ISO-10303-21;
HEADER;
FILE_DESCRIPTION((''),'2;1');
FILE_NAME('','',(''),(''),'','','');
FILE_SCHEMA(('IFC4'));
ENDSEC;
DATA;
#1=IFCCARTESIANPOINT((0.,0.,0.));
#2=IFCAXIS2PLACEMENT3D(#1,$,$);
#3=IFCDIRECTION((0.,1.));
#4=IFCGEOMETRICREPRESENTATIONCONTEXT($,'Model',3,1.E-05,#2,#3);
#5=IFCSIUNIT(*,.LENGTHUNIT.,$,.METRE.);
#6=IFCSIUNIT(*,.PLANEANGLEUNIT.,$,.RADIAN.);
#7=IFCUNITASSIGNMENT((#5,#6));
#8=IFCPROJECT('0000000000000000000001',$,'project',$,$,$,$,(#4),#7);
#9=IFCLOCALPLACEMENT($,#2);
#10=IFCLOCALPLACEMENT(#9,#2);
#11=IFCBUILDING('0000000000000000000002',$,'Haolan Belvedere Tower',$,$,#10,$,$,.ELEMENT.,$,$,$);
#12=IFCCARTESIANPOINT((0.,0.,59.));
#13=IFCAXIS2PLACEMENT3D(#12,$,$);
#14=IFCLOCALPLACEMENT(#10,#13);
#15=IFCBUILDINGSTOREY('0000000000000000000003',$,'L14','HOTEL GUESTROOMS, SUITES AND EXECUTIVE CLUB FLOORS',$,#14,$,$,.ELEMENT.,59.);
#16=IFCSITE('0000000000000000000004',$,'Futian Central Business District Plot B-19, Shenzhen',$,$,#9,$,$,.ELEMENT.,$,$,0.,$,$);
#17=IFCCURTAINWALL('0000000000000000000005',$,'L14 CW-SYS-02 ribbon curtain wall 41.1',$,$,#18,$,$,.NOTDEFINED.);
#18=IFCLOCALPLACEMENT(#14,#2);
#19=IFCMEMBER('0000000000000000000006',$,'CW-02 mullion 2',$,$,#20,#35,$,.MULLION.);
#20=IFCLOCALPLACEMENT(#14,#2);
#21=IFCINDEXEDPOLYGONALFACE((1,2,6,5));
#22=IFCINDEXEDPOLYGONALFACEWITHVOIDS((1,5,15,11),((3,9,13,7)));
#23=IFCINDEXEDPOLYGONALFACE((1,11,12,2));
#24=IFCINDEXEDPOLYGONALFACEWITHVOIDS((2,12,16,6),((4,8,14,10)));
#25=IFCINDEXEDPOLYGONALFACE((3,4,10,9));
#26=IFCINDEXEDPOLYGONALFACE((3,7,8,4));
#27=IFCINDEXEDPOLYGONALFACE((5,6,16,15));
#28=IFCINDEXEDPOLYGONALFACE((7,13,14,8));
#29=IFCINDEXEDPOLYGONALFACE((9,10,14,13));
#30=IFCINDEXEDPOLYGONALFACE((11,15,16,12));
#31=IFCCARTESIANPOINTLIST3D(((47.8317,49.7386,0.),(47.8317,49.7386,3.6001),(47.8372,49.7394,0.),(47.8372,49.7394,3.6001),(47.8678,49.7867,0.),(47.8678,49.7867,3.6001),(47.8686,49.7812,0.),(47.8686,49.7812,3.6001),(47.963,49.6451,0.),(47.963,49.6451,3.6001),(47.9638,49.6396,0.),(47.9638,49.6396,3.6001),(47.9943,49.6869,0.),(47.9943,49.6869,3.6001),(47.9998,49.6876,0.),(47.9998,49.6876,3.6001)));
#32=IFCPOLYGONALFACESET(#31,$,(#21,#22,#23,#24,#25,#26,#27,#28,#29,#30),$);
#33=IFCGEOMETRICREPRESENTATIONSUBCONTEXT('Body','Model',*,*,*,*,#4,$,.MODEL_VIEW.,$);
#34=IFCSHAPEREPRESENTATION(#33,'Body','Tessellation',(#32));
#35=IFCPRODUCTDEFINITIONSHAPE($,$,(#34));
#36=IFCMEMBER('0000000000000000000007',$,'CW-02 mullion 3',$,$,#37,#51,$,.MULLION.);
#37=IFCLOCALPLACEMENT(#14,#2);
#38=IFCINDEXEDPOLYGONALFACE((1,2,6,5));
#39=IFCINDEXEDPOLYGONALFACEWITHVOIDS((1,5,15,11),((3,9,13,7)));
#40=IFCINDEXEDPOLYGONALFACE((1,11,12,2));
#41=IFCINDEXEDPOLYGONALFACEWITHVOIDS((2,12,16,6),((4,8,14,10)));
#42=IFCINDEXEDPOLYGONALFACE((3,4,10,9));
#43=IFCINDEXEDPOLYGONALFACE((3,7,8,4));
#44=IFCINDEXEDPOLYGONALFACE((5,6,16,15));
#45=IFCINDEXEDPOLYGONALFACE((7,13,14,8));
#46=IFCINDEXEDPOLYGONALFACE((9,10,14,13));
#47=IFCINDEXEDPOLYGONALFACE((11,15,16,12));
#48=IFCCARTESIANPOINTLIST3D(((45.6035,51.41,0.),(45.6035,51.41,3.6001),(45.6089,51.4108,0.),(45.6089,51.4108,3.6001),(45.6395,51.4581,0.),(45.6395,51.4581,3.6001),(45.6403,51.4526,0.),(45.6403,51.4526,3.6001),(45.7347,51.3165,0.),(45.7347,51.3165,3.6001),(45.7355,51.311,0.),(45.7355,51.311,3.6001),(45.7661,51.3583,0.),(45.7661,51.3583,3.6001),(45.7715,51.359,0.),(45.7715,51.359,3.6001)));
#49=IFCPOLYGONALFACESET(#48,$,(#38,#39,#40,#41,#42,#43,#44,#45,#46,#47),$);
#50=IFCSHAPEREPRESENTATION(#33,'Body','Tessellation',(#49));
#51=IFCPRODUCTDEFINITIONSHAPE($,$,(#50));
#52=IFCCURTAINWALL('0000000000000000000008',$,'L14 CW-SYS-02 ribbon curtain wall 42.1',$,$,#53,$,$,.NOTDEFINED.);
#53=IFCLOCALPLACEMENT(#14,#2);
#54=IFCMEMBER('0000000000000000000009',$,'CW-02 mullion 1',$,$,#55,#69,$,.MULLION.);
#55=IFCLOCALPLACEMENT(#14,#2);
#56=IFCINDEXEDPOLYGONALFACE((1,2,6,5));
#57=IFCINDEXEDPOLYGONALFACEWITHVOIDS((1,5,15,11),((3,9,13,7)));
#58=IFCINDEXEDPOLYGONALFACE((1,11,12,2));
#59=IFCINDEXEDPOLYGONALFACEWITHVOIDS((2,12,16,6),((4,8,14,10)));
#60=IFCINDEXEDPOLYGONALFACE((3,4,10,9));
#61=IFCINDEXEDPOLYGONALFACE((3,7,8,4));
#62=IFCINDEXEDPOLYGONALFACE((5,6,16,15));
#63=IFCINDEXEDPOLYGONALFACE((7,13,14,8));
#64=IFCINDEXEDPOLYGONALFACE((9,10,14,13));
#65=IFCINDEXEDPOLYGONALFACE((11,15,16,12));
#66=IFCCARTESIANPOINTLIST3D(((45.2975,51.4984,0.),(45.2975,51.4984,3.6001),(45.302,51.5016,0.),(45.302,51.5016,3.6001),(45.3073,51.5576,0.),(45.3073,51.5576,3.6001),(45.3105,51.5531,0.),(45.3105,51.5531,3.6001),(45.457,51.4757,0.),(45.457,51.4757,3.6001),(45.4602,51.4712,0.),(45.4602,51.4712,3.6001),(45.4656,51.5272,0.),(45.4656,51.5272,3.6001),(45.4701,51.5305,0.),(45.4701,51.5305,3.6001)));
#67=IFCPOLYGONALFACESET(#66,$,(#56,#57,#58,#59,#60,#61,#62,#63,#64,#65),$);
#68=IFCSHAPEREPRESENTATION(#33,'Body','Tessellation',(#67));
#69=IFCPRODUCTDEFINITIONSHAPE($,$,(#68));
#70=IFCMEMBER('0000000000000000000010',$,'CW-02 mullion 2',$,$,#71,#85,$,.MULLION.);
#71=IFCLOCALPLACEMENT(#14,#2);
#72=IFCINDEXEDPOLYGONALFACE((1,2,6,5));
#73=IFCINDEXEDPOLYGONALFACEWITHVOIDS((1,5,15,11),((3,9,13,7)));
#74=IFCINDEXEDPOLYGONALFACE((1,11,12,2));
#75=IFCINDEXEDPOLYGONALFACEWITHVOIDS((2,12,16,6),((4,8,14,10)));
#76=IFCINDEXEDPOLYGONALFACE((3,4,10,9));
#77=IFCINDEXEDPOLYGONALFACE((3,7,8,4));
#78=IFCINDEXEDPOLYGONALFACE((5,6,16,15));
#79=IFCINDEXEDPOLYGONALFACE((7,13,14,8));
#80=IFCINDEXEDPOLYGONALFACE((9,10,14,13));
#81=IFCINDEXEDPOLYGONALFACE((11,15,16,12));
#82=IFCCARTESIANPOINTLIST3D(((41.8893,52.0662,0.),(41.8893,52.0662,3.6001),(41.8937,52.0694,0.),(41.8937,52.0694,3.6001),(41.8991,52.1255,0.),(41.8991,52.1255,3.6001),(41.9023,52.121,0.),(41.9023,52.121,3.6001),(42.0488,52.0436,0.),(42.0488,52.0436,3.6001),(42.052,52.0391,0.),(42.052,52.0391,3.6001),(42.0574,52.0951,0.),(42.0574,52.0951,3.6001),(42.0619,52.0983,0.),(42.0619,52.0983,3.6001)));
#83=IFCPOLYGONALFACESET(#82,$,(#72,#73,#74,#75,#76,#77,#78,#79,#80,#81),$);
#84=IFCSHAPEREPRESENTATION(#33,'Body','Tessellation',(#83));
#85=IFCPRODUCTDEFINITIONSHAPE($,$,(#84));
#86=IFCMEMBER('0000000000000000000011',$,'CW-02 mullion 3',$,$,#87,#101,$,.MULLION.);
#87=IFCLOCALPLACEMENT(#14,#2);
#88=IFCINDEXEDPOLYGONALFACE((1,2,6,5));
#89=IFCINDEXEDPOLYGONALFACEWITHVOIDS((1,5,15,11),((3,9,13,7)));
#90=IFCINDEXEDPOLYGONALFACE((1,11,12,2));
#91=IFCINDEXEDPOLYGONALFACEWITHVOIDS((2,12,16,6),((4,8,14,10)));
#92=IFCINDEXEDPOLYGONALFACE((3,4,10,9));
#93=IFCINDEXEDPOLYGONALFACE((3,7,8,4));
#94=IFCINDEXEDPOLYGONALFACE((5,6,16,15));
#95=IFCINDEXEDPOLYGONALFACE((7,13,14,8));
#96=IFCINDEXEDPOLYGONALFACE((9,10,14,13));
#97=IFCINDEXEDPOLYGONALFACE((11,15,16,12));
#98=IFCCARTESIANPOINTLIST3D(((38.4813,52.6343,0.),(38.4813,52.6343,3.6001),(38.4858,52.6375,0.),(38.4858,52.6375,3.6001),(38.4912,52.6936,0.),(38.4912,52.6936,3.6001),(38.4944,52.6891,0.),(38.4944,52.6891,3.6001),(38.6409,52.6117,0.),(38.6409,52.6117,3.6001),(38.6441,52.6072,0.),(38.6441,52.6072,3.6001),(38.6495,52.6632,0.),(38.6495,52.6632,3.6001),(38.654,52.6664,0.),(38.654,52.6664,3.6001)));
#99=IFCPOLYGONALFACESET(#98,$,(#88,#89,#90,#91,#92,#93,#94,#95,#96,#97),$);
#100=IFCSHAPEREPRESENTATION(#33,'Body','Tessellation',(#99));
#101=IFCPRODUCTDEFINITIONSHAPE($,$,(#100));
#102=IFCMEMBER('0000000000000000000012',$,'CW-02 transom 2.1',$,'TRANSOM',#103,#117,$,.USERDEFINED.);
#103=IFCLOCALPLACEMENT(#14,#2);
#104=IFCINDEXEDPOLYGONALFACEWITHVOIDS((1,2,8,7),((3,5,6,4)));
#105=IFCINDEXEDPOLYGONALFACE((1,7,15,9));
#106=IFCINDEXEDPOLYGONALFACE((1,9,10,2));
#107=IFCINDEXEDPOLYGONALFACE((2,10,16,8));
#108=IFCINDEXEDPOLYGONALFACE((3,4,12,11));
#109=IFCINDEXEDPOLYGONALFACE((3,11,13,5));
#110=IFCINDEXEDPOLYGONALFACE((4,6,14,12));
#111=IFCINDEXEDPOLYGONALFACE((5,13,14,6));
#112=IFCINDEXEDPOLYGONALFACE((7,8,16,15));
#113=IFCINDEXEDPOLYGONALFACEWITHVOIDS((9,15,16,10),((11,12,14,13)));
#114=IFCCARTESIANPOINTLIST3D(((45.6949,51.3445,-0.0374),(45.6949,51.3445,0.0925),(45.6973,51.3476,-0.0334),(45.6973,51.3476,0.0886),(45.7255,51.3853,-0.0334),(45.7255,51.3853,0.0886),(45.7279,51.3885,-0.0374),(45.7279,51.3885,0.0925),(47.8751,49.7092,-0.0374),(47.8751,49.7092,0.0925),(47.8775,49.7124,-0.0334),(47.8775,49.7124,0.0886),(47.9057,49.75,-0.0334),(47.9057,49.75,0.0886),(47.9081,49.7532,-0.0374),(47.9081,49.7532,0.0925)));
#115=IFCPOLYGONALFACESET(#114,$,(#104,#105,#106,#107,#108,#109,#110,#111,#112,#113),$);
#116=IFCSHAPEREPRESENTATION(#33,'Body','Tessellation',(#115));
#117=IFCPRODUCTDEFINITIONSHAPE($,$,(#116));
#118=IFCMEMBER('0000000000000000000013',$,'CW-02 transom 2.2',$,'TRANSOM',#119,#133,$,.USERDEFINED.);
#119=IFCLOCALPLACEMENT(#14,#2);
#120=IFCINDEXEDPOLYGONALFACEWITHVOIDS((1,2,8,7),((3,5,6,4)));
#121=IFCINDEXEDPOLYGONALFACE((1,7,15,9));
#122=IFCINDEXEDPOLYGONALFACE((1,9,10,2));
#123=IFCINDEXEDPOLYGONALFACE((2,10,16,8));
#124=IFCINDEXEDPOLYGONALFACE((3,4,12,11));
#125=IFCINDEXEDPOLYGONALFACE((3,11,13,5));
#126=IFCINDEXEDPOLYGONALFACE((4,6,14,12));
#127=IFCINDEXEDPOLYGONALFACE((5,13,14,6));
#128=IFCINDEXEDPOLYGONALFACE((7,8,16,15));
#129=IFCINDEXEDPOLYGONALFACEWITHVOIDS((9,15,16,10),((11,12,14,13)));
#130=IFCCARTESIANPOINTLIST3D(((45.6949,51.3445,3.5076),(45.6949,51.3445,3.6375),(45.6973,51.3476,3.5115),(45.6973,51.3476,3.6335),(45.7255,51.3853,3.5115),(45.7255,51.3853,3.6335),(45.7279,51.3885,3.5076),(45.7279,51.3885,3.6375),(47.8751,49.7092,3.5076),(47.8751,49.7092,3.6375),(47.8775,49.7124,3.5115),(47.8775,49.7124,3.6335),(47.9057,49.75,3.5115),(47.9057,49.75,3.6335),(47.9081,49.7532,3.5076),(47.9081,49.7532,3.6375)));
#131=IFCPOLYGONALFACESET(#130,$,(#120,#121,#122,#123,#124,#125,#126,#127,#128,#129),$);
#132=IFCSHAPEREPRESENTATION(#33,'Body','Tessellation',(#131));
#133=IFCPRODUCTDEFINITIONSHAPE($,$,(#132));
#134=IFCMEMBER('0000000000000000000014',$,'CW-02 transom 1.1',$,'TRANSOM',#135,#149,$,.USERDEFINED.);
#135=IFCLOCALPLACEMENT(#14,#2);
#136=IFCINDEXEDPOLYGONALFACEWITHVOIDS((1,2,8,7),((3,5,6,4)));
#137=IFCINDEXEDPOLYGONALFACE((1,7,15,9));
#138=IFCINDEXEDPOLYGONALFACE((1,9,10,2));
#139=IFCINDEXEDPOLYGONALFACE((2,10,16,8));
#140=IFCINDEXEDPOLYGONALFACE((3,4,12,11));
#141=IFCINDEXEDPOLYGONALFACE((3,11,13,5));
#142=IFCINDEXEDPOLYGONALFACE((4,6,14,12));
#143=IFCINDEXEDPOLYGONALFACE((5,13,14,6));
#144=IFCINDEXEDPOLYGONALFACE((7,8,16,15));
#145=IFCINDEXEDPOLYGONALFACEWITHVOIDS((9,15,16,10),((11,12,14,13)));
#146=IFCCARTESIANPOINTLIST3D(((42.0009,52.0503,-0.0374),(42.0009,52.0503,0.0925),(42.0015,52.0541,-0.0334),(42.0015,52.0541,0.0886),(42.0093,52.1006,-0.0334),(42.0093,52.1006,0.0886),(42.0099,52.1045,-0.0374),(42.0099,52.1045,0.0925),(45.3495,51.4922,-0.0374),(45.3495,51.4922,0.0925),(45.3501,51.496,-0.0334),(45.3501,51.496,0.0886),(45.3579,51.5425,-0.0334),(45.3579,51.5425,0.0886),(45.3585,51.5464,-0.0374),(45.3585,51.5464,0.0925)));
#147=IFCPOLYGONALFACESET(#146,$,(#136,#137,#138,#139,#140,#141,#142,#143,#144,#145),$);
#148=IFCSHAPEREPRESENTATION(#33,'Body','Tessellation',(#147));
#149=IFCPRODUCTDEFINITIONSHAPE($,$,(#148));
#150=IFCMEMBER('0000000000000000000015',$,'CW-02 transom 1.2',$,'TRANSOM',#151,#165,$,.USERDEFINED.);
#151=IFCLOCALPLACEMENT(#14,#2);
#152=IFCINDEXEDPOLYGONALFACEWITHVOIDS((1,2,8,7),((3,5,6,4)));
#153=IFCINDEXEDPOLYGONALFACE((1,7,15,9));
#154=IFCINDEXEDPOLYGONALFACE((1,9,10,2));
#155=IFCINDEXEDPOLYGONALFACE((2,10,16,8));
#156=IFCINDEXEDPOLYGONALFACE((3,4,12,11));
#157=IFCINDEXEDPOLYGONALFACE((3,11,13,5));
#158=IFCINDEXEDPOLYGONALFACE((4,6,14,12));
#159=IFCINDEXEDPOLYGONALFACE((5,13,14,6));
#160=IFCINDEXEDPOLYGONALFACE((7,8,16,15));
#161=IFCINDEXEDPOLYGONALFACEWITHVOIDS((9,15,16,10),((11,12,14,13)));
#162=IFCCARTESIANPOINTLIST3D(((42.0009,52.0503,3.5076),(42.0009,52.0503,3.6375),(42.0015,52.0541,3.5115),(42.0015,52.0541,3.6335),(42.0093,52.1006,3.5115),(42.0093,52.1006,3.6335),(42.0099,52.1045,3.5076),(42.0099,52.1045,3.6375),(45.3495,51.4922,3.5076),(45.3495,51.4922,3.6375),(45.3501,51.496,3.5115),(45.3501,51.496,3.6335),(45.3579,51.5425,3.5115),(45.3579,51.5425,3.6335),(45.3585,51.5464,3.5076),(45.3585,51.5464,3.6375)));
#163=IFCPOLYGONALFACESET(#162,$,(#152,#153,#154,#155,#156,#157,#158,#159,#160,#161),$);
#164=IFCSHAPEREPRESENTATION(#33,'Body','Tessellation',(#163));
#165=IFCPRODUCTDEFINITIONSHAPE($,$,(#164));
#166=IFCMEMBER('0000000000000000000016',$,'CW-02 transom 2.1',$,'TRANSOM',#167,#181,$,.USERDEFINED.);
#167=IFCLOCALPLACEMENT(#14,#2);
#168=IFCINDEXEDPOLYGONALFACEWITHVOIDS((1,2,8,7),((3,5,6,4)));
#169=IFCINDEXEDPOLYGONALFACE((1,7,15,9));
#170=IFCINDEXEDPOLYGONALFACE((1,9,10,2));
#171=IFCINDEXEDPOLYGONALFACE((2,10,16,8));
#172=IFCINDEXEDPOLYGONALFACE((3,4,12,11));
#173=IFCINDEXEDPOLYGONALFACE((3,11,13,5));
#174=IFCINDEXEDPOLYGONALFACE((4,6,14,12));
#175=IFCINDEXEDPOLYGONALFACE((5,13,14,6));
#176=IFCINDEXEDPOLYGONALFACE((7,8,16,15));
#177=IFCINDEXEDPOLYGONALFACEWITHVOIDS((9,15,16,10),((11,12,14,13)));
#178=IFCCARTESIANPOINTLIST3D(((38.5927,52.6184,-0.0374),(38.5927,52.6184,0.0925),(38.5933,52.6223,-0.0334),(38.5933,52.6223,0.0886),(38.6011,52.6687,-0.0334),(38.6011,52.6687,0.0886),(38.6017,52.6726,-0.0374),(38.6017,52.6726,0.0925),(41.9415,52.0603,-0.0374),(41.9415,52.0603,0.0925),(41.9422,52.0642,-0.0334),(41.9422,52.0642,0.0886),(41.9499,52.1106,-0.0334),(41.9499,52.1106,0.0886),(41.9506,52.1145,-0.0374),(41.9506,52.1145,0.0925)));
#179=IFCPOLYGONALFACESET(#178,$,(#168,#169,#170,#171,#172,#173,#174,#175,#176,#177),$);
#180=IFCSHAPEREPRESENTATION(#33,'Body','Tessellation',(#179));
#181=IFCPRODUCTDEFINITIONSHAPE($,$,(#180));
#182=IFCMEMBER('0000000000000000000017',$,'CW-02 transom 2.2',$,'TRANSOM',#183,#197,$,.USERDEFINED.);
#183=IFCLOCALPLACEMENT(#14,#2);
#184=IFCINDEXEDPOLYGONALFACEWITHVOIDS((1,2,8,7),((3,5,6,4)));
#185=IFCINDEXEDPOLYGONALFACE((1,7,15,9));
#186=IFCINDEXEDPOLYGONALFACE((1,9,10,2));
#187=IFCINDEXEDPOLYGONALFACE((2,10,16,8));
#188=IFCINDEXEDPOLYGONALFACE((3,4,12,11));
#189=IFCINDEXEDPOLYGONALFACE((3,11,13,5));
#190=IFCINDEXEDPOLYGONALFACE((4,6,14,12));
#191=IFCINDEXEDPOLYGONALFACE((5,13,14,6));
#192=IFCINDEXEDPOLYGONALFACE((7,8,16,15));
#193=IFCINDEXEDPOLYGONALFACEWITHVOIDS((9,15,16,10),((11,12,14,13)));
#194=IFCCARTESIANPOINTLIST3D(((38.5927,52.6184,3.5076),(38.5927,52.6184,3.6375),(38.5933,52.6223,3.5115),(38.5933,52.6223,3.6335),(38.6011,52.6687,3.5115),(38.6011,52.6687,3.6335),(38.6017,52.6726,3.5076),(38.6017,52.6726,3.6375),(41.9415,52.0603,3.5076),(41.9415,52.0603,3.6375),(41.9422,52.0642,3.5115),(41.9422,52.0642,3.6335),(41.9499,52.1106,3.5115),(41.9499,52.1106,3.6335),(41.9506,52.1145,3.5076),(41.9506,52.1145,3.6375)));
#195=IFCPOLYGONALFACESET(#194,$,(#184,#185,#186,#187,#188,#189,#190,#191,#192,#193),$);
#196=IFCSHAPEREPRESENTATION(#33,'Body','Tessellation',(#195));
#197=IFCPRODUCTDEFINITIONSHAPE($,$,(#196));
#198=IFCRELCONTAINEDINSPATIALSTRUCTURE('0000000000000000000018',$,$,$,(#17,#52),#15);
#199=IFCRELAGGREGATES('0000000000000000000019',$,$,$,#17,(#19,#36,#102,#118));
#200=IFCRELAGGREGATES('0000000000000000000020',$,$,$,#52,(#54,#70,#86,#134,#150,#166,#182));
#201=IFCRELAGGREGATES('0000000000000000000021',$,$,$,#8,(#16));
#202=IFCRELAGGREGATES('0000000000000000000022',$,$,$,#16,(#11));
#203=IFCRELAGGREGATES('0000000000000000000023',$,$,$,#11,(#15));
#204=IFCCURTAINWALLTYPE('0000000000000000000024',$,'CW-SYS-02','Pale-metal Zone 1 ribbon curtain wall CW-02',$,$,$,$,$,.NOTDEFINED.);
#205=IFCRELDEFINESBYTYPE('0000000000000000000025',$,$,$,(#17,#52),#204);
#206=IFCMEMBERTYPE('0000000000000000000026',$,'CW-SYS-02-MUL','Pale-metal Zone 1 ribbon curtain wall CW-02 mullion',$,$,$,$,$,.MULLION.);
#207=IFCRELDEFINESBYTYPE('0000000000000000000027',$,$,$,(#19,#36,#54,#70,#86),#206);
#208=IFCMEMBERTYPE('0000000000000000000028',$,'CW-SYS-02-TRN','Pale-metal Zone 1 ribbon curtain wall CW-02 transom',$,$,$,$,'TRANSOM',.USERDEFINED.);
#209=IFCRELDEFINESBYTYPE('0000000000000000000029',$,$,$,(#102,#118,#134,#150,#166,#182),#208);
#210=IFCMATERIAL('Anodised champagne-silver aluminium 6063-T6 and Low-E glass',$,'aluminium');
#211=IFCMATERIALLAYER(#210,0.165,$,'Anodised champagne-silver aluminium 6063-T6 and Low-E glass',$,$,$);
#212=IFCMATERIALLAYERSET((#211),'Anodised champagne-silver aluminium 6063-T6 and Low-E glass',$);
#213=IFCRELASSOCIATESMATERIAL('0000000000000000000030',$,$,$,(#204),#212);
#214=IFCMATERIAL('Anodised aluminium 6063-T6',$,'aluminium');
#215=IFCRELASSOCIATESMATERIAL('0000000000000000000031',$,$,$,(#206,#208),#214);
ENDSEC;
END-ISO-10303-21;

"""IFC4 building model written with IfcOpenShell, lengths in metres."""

from ifc_helpers import new_model, si_unit, direction, frame, origin, origin_2d, place, context, subcontext, project, spatial, hollow_rectangle, extrude, material, layer, layer_set, material_profile, profile_set, type_object, element, aggregate, save


model = new_model("IFC4")

# Units and contexts
model_context = context("Model", 3, precision=1e-05, world=origin(), true_north=direction((0.0, 1.0)))
body_context = subcontext(model_context, "Body", "Model", "MODEL_VIEW")
ifc_project = project(units=[si_unit("LENGTHUNIT", "METRE"), si_unit("PLANEANGLEUNIT", "RADIAN")], contexts=[model_context])

# Site, building, storey
site_placement = place(None, origin())
site = spatial("IfcSite", under=ifc_project, at=site_placement, Name="Futian Central Business District Plot B-19, Shenzhen", CompositionType="ELEMENT", RefElevation=0.0)
building_placement = place(site_placement, origin())
building = spatial("IfcBuilding", under=site, at=building_placement, Name="Haolan Belvedere Tower", CompositionType="ELEMENT")
storey_placement = place(building_placement, frame((0.0, 0.0, 59.0)))
storey = spatial("IfcBuildingStorey", under=building, at=storey_placement, Name="L14", Description="HOTEL GUESTROOMS, SUITES AND EXECUTIVE CLUB FLOORS", CompositionType="ELEMENT", Elevation=59.0)

# Curtain walls, members
ifc_material_1 = material(Name="Anodised champagne-silver aluminium 6063-T6 and Low-E glass", Category="aluminium")
ifc_layer_1 = layer(ifc_material_1, 0.165, Name="Anodised champagne-silver aluminium 6063-T6 and Low-E glass")
ifc_layer_set_1 = layer_set([ifc_layer_1], Name="Anodised champagne-silver aluminium 6063-T6 and Low-E glass")
curtain_wall_type = type_object("IfcCurtainWallType", Name="CW-SYS-02", Description="Pale-metal Zone 1 ribbon curtain wall CW-02", PredefinedType="NOTDEFINED", material=ifc_layer_set_1)
curtain_wall_1_placement = place(storey_placement, origin())
curtain_wall_1 = element("IfcCurtainWall", 1, at=curtain_wall_1_placement, inside=storey, type_object=curtain_wall_type, Name="L14 CW-SYS-02 ribbon curtain wall 41.1", PredefinedType="NOTDEFINED")
ifc_material_2 = material(Name="Anodised aluminium 6063-T6", Category="aluminium")
ifc_material_profile_1 = material_profile(ifc_material_2, hollow_rectangle(XDim=0.0601, YDim=0.165, WallThickness=0.0039, at=origin_2d()), Name="Anodised aluminium 6063-T6")
ifc_profile_set_1 = profile_set([ifc_material_profile_1], Name="Anodised aluminium 6063-T6")
member_type_1 = type_object("IfcMemberType", Name="CW-SYS-02-MUL", Description="Pale-metal Zone 1 ribbon curtain wall CW-02 mullion", PredefinedType="MULLION", material=ifc_profile_set_1)
member_1_placement = place(storey_placement, frame((47.9158, 49.7131, 0.0), z_axis=(0.0, 0.0, 1.0), x_axis=(-0.599994, -0.800004, 0.0)))
member_1 = element("IfcMember", 2, at=member_1_placement, type_object=member_type_1, Name="CW-02 mullion 2", PredefinedType="MULLION", context=body_context, shape_type="SweptSolid", body=[
    extrude(hollow_rectangle(XDim=0.0601, YDim=0.165, WallThickness=0.0039, at=origin_2d()), origin(), (0.0, 0.0, 1.0), 3.6001),
])
member_2_placement = place(storey_placement, frame((45.6875, 51.3845, 0.0), z_axis=(0.0, 0.0, 1.0), x_axis=(-0.599994, -0.800004, 0.0)))
member_2 = element("IfcMember", 3, at=member_2_placement, type_object=member_type_1, Name="CW-02 mullion 3", PredefinedType="MULLION", context=body_context, shape_type="SweptSolid", body=[
    extrude(hollow_rectangle(XDim=0.0601, YDim=0.165, WallThickness=0.0039, at=origin_2d()), origin(), (0.0, 0.0, 1.0), 3.6001),
])
curtain_wall_2_placement = place(storey_placement, origin())
curtain_wall_2 = element("IfcCurtainWall", 4, at=curtain_wall_2_placement, inside=storey, type_object=curtain_wall_type, Name="L14 CW-SYS-02 ribbon curtain wall 42.1", PredefinedType="NOTDEFINED")
member_3_placement = place(storey_placement, frame((45.3838, 51.5144, 0.0), z_axis=(0.0, 0.0, 1.0), x_axis=(-0.164404, -0.986393, 0.0)))
member_3 = element("IfcMember", 5, at=member_3_placement, type_object=member_type_1, Name="CW-02 mullion 1", PredefinedType="MULLION", context=body_context, shape_type="SweptSolid", body=[
    extrude(hollow_rectangle(XDim=0.0601, YDim=0.165, WallThickness=0.0039, at=origin_2d()), origin(), (0.0, 0.0, 1.0), 3.6001),
])
member_4_placement = place(storey_placement, frame((41.9756, 52.0823, 0.0), z_axis=(0.0, 0.0, 1.0), x_axis=(-0.164404, -0.986393, 0.0)))
member_4 = element("IfcMember", 6, at=member_4_placement, type_object=member_type_1, Name="CW-02 mullion 2", PredefinedType="MULLION", context=body_context, shape_type="SweptSolid", body=[
    extrude(hollow_rectangle(XDim=0.0601, YDim=0.165, WallThickness=0.0039, at=origin_2d()), origin(), (0.0, 0.0, 1.0), 3.6001),
])
member_5_placement = place(storey_placement, frame((38.5676, 52.6504, 0.0), z_axis=(0.0, 0.0, 1.0), x_axis=(-0.164404, -0.986393, 0.0)))
member_5 = element("IfcMember", 7, at=member_5_placement, type_object=member_type_1, Name="CW-02 mullion 3", PredefinedType="MULLION", context=body_context, shape_type="SweptSolid", body=[
    extrude(hollow_rectangle(XDim=0.0601, YDim=0.165, WallThickness=0.0039, at=origin_2d()), origin(), (0.0, 0.0, 1.0), 3.6001),
])

# Members
ifc_material_profile_2 = material_profile(ifc_material_2, hollow_rectangle(XDim=0.0549, YDim=0.1299, WallThickness=0.0039, at=origin_2d()), Name="Anodised aluminium 6063-T6")
ifc_profile_set_2 = profile_set([ifc_material_profile_2], Name="Anodised aluminium 6063-T6")
member_type_2 = type_object("IfcMemberType", Name="CW-SYS-02-TRN", Description="Pale-metal Zone 1 ribbon curtain wall CW-02 transom", ElementType="TRANSOM", PredefinedType="USERDEFINED", material=ifc_profile_set_2)
member_6_placement = place(storey_placement, frame((47.8916, 49.7312, 0.0276), z_axis=(-0.799978, 0.600029, 0.0), x_axis=(-0.600029, -0.799978, 0.0)))
member_6 = element("IfcMember", 8, at=member_6_placement, type_object=member_type_2, Name="CW-02 transom 2.1", ObjectType="TRANSOM", PredefinedType="USERDEFINED", context=body_context, shape_type="SweptSolid", body=[
    extrude(hollow_rectangle(XDim=0.0549, YDim=0.1299, WallThickness=0.0039, at=origin_2d()), origin(), (0.0, 0.0, 1.0), 2.7253),
])
member_7_placement = place(storey_placement, frame((47.8916, 49.7312, 3.5725), z_axis=(-0.799978, 0.600029, 0.0), x_axis=(-0.600029, -0.799978, 0.0)))
member_7 = element("IfcMember", 9, at=member_7_placement, type_object=member_type_2, Name="CW-02 transom 2.2", ObjectType="TRANSOM", PredefinedType="USERDEFINED", context=body_context, shape_type="SweptSolid", body=[
    extrude(hollow_rectangle(XDim=0.0549, YDim=0.1299, WallThickness=0.0039, at=origin_2d()), origin(), (0.0, 0.0, 1.0), 2.7253),
])
member_8_placement = place(storey_placement, frame((45.354, 51.5193, 0.0276), z_axis=(-0.986394, 0.164399, 0.0), x_axis=(-0.164399, -0.986394, 0.0)))
member_8 = element("IfcMember", 10, at=member_8_placement, type_object=member_type_2, Name="CW-02 transom 1.1", ObjectType="TRANSOM", PredefinedType="USERDEFINED", context=body_context, shape_type="SweptSolid", body=[
    extrude(hollow_rectangle(XDim=0.0549, YDim=0.1299, WallThickness=0.0039, at=origin_2d()), origin(), (0.0, 0.0, 1.0), 3.3948),
])
member_9_placement = place(storey_placement, frame((45.354, 51.5193, 3.5725), z_axis=(-0.986394, 0.164399, 0.0), x_axis=(-0.164399, -0.986394, 0.0)))
member_9 = element("IfcMember", 11, at=member_9_placement, type_object=member_type_2, Name="CW-02 transom 1.2", ObjectType="TRANSOM", PredefinedType="USERDEFINED", context=body_context, shape_type="SweptSolid", body=[
    extrude(hollow_rectangle(XDim=0.0549, YDim=0.1299, WallThickness=0.0039, at=origin_2d()), origin(), (0.0, 0.0, 1.0), 3.3948),
])
member_10_placement = place(storey_placement, frame((41.946, 52.0874, 0.0276), z_axis=(-0.986396, 0.164387, 0.0), x_axis=(-0.164387, -0.986396, 0.0)))
member_10 = element("IfcMember", 12, at=member_10_placement, type_object=member_type_2, Name="CW-02 transom 2.1", ObjectType="TRANSOM", PredefinedType="USERDEFINED", context=body_context, shape_type="SweptSolid", body=[
    extrude(hollow_rectangle(XDim=0.0549, YDim=0.1299, WallThickness=0.0039, at=origin_2d()), origin(), (0.0, 0.0, 1.0), 3.395),
])
member_11_placement = place(storey_placement, frame((41.946, 52.0874, 3.5725), z_axis=(-0.986396, 0.164387, 0.0), x_axis=(-0.164387, -0.986396, 0.0)))
member_11 = element("IfcMember", 13, at=member_11_placement, type_object=member_type_2, Name="CW-02 transom 2.2", ObjectType="TRANSOM", PredefinedType="USERDEFINED", context=body_context, shape_type="SweptSolid", body=[
    extrude(hollow_rectangle(XDim=0.0549, YDim=0.1299, WallThickness=0.0039, at=origin_2d()), origin(), (0.0, 0.0, 1.0), 3.395),
])

aggregate(curtain_wall_1, [member_1, member_2, member_6, member_7])
aggregate(curtain_wall_2, [member_3, member_4, member_5, member_8, member_9, member_10, member_11])

save(model, "model.ifc")
